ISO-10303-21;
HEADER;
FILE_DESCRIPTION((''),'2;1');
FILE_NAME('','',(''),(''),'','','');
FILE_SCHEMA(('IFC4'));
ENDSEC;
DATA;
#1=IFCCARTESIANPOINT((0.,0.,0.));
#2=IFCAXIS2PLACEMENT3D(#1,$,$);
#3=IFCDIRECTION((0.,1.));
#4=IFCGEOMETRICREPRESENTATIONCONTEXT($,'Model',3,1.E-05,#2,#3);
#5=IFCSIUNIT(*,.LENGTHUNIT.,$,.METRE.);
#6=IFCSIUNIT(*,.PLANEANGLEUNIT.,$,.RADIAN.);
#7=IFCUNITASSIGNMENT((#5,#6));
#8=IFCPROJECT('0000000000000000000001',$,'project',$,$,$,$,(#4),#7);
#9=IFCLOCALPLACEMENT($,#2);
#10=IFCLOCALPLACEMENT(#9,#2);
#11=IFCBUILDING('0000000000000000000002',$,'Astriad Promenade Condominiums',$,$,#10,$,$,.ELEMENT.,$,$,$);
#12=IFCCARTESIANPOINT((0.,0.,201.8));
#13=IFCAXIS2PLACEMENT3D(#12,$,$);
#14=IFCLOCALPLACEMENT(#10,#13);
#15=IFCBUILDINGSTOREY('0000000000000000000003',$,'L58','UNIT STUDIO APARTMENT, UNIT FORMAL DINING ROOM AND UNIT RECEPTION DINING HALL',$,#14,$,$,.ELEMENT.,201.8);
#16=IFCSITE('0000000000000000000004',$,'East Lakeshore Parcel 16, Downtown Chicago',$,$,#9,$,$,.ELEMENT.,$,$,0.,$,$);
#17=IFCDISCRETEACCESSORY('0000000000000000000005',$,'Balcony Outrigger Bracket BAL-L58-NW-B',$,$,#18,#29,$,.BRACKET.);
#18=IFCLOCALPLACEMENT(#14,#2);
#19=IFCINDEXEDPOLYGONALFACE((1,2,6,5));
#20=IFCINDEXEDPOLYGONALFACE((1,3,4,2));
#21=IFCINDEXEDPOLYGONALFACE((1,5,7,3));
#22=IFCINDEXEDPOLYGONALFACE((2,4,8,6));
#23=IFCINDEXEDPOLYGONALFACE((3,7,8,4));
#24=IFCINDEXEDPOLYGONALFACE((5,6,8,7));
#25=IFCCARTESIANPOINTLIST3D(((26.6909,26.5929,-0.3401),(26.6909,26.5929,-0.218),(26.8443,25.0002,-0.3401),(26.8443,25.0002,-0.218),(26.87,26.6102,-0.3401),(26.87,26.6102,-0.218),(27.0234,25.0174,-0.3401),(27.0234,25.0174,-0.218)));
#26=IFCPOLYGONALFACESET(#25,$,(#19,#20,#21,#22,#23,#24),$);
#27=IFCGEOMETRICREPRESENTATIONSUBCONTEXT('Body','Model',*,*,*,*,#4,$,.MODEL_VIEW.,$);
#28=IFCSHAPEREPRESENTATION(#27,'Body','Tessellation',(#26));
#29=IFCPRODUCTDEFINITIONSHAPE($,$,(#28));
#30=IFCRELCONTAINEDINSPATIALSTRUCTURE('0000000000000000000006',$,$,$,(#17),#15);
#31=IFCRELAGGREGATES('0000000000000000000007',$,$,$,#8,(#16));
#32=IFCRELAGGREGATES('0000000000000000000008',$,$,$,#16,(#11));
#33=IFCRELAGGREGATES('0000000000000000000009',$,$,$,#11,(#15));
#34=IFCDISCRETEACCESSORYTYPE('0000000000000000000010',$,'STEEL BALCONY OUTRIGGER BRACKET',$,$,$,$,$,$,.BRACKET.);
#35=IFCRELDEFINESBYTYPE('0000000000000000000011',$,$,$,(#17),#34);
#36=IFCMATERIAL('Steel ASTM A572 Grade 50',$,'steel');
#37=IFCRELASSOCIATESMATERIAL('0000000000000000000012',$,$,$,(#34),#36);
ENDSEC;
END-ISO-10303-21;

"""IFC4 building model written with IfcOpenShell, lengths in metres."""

from ifc_helpers import new_model, si_unit, direction, frame, origin, origin_2d, place, context, subcontext, project, spatial, rectangle, extrude, source, transform, mapped, material, type_object, type_shapes, element, save


model = new_model("IFC4")

# Units and contexts
model_context = context("Model", 3, precision=1e-05, world=origin(), true_north=direction((0.0, 1.0)))
body_context = subcontext(model_context, "Body", "Model", "MODEL_VIEW")
ifc_project = project(units=[si_unit("LENGTHUNIT", "METRE"), si_unit("PLANEANGLEUNIT", "RADIAN")], contexts=[model_context])

# Site, building, storey
site_placement = place(None, origin())
site = spatial("IfcSite", under=ifc_project, at=site_placement, Name="East Lakeshore Parcel 16, Downtown Chicago", CompositionType="ELEMENT", RefElevation=0.0)
building_placement = place(site_placement, origin())
building = spatial("IfcBuilding", under=site, at=building_placement, Name="Astriad Promenade Condominiums", CompositionType="ELEMENT")
storey_placement = place(building_placement, frame((0.0, 0.0, 201.8)))
storey = spatial("IfcBuildingStorey", under=building, at=storey_placement, Name="L58", Description="UNIT STUDIO APARTMENT, UNIT FORMAL DINING ROOM AND UNIT RECEPTION DINING HALL", CompositionType="ELEMENT", Elevation=201.8)

# Discrete accessory
ifc_material_1 = material(Name="Steel ASTM A572 Grade 50", Category="steel")
discrete_accessory_type = type_object("IfcDiscreteAccessoryType", Name="STEEL BALCONY OUTRIGGER BRACKET", PredefinedType="BRACKET", material=ifc_material_1)
shared_shape_1 = source(origin(), body_context, "Body", "SweptSolid", [
    extrude(rectangle(XDim=1.6001, YDim=0.1799, at=origin_2d()), origin(), (0.0, 0.0, 1.0), 0.1221),
])
type_shapes(discrete_accessory_type, [shared_shape_1])
discrete_accessory_placement = place(storey_placement, frame((26.8572, 25.8052, -0.3401), z_axis=(0.0, 0.0, 1.0), x_axis=(-0.095846, 0.995396, 0.0)))
element("IfcDiscreteAccessory", 1, at=discrete_accessory_placement, inside=storey, type_object=discrete_accessory_type, Name="Balcony Outrigger Bracket BAL-L58-NW-B", PredefinedType="BRACKET", context=body_context, shape_type="MappedRepresentation", body=[
    mapped(shared_shape_1, transform((0.0, 0.0, 0.0), scale=1.0)),
])

save(model, "model.ifc")
